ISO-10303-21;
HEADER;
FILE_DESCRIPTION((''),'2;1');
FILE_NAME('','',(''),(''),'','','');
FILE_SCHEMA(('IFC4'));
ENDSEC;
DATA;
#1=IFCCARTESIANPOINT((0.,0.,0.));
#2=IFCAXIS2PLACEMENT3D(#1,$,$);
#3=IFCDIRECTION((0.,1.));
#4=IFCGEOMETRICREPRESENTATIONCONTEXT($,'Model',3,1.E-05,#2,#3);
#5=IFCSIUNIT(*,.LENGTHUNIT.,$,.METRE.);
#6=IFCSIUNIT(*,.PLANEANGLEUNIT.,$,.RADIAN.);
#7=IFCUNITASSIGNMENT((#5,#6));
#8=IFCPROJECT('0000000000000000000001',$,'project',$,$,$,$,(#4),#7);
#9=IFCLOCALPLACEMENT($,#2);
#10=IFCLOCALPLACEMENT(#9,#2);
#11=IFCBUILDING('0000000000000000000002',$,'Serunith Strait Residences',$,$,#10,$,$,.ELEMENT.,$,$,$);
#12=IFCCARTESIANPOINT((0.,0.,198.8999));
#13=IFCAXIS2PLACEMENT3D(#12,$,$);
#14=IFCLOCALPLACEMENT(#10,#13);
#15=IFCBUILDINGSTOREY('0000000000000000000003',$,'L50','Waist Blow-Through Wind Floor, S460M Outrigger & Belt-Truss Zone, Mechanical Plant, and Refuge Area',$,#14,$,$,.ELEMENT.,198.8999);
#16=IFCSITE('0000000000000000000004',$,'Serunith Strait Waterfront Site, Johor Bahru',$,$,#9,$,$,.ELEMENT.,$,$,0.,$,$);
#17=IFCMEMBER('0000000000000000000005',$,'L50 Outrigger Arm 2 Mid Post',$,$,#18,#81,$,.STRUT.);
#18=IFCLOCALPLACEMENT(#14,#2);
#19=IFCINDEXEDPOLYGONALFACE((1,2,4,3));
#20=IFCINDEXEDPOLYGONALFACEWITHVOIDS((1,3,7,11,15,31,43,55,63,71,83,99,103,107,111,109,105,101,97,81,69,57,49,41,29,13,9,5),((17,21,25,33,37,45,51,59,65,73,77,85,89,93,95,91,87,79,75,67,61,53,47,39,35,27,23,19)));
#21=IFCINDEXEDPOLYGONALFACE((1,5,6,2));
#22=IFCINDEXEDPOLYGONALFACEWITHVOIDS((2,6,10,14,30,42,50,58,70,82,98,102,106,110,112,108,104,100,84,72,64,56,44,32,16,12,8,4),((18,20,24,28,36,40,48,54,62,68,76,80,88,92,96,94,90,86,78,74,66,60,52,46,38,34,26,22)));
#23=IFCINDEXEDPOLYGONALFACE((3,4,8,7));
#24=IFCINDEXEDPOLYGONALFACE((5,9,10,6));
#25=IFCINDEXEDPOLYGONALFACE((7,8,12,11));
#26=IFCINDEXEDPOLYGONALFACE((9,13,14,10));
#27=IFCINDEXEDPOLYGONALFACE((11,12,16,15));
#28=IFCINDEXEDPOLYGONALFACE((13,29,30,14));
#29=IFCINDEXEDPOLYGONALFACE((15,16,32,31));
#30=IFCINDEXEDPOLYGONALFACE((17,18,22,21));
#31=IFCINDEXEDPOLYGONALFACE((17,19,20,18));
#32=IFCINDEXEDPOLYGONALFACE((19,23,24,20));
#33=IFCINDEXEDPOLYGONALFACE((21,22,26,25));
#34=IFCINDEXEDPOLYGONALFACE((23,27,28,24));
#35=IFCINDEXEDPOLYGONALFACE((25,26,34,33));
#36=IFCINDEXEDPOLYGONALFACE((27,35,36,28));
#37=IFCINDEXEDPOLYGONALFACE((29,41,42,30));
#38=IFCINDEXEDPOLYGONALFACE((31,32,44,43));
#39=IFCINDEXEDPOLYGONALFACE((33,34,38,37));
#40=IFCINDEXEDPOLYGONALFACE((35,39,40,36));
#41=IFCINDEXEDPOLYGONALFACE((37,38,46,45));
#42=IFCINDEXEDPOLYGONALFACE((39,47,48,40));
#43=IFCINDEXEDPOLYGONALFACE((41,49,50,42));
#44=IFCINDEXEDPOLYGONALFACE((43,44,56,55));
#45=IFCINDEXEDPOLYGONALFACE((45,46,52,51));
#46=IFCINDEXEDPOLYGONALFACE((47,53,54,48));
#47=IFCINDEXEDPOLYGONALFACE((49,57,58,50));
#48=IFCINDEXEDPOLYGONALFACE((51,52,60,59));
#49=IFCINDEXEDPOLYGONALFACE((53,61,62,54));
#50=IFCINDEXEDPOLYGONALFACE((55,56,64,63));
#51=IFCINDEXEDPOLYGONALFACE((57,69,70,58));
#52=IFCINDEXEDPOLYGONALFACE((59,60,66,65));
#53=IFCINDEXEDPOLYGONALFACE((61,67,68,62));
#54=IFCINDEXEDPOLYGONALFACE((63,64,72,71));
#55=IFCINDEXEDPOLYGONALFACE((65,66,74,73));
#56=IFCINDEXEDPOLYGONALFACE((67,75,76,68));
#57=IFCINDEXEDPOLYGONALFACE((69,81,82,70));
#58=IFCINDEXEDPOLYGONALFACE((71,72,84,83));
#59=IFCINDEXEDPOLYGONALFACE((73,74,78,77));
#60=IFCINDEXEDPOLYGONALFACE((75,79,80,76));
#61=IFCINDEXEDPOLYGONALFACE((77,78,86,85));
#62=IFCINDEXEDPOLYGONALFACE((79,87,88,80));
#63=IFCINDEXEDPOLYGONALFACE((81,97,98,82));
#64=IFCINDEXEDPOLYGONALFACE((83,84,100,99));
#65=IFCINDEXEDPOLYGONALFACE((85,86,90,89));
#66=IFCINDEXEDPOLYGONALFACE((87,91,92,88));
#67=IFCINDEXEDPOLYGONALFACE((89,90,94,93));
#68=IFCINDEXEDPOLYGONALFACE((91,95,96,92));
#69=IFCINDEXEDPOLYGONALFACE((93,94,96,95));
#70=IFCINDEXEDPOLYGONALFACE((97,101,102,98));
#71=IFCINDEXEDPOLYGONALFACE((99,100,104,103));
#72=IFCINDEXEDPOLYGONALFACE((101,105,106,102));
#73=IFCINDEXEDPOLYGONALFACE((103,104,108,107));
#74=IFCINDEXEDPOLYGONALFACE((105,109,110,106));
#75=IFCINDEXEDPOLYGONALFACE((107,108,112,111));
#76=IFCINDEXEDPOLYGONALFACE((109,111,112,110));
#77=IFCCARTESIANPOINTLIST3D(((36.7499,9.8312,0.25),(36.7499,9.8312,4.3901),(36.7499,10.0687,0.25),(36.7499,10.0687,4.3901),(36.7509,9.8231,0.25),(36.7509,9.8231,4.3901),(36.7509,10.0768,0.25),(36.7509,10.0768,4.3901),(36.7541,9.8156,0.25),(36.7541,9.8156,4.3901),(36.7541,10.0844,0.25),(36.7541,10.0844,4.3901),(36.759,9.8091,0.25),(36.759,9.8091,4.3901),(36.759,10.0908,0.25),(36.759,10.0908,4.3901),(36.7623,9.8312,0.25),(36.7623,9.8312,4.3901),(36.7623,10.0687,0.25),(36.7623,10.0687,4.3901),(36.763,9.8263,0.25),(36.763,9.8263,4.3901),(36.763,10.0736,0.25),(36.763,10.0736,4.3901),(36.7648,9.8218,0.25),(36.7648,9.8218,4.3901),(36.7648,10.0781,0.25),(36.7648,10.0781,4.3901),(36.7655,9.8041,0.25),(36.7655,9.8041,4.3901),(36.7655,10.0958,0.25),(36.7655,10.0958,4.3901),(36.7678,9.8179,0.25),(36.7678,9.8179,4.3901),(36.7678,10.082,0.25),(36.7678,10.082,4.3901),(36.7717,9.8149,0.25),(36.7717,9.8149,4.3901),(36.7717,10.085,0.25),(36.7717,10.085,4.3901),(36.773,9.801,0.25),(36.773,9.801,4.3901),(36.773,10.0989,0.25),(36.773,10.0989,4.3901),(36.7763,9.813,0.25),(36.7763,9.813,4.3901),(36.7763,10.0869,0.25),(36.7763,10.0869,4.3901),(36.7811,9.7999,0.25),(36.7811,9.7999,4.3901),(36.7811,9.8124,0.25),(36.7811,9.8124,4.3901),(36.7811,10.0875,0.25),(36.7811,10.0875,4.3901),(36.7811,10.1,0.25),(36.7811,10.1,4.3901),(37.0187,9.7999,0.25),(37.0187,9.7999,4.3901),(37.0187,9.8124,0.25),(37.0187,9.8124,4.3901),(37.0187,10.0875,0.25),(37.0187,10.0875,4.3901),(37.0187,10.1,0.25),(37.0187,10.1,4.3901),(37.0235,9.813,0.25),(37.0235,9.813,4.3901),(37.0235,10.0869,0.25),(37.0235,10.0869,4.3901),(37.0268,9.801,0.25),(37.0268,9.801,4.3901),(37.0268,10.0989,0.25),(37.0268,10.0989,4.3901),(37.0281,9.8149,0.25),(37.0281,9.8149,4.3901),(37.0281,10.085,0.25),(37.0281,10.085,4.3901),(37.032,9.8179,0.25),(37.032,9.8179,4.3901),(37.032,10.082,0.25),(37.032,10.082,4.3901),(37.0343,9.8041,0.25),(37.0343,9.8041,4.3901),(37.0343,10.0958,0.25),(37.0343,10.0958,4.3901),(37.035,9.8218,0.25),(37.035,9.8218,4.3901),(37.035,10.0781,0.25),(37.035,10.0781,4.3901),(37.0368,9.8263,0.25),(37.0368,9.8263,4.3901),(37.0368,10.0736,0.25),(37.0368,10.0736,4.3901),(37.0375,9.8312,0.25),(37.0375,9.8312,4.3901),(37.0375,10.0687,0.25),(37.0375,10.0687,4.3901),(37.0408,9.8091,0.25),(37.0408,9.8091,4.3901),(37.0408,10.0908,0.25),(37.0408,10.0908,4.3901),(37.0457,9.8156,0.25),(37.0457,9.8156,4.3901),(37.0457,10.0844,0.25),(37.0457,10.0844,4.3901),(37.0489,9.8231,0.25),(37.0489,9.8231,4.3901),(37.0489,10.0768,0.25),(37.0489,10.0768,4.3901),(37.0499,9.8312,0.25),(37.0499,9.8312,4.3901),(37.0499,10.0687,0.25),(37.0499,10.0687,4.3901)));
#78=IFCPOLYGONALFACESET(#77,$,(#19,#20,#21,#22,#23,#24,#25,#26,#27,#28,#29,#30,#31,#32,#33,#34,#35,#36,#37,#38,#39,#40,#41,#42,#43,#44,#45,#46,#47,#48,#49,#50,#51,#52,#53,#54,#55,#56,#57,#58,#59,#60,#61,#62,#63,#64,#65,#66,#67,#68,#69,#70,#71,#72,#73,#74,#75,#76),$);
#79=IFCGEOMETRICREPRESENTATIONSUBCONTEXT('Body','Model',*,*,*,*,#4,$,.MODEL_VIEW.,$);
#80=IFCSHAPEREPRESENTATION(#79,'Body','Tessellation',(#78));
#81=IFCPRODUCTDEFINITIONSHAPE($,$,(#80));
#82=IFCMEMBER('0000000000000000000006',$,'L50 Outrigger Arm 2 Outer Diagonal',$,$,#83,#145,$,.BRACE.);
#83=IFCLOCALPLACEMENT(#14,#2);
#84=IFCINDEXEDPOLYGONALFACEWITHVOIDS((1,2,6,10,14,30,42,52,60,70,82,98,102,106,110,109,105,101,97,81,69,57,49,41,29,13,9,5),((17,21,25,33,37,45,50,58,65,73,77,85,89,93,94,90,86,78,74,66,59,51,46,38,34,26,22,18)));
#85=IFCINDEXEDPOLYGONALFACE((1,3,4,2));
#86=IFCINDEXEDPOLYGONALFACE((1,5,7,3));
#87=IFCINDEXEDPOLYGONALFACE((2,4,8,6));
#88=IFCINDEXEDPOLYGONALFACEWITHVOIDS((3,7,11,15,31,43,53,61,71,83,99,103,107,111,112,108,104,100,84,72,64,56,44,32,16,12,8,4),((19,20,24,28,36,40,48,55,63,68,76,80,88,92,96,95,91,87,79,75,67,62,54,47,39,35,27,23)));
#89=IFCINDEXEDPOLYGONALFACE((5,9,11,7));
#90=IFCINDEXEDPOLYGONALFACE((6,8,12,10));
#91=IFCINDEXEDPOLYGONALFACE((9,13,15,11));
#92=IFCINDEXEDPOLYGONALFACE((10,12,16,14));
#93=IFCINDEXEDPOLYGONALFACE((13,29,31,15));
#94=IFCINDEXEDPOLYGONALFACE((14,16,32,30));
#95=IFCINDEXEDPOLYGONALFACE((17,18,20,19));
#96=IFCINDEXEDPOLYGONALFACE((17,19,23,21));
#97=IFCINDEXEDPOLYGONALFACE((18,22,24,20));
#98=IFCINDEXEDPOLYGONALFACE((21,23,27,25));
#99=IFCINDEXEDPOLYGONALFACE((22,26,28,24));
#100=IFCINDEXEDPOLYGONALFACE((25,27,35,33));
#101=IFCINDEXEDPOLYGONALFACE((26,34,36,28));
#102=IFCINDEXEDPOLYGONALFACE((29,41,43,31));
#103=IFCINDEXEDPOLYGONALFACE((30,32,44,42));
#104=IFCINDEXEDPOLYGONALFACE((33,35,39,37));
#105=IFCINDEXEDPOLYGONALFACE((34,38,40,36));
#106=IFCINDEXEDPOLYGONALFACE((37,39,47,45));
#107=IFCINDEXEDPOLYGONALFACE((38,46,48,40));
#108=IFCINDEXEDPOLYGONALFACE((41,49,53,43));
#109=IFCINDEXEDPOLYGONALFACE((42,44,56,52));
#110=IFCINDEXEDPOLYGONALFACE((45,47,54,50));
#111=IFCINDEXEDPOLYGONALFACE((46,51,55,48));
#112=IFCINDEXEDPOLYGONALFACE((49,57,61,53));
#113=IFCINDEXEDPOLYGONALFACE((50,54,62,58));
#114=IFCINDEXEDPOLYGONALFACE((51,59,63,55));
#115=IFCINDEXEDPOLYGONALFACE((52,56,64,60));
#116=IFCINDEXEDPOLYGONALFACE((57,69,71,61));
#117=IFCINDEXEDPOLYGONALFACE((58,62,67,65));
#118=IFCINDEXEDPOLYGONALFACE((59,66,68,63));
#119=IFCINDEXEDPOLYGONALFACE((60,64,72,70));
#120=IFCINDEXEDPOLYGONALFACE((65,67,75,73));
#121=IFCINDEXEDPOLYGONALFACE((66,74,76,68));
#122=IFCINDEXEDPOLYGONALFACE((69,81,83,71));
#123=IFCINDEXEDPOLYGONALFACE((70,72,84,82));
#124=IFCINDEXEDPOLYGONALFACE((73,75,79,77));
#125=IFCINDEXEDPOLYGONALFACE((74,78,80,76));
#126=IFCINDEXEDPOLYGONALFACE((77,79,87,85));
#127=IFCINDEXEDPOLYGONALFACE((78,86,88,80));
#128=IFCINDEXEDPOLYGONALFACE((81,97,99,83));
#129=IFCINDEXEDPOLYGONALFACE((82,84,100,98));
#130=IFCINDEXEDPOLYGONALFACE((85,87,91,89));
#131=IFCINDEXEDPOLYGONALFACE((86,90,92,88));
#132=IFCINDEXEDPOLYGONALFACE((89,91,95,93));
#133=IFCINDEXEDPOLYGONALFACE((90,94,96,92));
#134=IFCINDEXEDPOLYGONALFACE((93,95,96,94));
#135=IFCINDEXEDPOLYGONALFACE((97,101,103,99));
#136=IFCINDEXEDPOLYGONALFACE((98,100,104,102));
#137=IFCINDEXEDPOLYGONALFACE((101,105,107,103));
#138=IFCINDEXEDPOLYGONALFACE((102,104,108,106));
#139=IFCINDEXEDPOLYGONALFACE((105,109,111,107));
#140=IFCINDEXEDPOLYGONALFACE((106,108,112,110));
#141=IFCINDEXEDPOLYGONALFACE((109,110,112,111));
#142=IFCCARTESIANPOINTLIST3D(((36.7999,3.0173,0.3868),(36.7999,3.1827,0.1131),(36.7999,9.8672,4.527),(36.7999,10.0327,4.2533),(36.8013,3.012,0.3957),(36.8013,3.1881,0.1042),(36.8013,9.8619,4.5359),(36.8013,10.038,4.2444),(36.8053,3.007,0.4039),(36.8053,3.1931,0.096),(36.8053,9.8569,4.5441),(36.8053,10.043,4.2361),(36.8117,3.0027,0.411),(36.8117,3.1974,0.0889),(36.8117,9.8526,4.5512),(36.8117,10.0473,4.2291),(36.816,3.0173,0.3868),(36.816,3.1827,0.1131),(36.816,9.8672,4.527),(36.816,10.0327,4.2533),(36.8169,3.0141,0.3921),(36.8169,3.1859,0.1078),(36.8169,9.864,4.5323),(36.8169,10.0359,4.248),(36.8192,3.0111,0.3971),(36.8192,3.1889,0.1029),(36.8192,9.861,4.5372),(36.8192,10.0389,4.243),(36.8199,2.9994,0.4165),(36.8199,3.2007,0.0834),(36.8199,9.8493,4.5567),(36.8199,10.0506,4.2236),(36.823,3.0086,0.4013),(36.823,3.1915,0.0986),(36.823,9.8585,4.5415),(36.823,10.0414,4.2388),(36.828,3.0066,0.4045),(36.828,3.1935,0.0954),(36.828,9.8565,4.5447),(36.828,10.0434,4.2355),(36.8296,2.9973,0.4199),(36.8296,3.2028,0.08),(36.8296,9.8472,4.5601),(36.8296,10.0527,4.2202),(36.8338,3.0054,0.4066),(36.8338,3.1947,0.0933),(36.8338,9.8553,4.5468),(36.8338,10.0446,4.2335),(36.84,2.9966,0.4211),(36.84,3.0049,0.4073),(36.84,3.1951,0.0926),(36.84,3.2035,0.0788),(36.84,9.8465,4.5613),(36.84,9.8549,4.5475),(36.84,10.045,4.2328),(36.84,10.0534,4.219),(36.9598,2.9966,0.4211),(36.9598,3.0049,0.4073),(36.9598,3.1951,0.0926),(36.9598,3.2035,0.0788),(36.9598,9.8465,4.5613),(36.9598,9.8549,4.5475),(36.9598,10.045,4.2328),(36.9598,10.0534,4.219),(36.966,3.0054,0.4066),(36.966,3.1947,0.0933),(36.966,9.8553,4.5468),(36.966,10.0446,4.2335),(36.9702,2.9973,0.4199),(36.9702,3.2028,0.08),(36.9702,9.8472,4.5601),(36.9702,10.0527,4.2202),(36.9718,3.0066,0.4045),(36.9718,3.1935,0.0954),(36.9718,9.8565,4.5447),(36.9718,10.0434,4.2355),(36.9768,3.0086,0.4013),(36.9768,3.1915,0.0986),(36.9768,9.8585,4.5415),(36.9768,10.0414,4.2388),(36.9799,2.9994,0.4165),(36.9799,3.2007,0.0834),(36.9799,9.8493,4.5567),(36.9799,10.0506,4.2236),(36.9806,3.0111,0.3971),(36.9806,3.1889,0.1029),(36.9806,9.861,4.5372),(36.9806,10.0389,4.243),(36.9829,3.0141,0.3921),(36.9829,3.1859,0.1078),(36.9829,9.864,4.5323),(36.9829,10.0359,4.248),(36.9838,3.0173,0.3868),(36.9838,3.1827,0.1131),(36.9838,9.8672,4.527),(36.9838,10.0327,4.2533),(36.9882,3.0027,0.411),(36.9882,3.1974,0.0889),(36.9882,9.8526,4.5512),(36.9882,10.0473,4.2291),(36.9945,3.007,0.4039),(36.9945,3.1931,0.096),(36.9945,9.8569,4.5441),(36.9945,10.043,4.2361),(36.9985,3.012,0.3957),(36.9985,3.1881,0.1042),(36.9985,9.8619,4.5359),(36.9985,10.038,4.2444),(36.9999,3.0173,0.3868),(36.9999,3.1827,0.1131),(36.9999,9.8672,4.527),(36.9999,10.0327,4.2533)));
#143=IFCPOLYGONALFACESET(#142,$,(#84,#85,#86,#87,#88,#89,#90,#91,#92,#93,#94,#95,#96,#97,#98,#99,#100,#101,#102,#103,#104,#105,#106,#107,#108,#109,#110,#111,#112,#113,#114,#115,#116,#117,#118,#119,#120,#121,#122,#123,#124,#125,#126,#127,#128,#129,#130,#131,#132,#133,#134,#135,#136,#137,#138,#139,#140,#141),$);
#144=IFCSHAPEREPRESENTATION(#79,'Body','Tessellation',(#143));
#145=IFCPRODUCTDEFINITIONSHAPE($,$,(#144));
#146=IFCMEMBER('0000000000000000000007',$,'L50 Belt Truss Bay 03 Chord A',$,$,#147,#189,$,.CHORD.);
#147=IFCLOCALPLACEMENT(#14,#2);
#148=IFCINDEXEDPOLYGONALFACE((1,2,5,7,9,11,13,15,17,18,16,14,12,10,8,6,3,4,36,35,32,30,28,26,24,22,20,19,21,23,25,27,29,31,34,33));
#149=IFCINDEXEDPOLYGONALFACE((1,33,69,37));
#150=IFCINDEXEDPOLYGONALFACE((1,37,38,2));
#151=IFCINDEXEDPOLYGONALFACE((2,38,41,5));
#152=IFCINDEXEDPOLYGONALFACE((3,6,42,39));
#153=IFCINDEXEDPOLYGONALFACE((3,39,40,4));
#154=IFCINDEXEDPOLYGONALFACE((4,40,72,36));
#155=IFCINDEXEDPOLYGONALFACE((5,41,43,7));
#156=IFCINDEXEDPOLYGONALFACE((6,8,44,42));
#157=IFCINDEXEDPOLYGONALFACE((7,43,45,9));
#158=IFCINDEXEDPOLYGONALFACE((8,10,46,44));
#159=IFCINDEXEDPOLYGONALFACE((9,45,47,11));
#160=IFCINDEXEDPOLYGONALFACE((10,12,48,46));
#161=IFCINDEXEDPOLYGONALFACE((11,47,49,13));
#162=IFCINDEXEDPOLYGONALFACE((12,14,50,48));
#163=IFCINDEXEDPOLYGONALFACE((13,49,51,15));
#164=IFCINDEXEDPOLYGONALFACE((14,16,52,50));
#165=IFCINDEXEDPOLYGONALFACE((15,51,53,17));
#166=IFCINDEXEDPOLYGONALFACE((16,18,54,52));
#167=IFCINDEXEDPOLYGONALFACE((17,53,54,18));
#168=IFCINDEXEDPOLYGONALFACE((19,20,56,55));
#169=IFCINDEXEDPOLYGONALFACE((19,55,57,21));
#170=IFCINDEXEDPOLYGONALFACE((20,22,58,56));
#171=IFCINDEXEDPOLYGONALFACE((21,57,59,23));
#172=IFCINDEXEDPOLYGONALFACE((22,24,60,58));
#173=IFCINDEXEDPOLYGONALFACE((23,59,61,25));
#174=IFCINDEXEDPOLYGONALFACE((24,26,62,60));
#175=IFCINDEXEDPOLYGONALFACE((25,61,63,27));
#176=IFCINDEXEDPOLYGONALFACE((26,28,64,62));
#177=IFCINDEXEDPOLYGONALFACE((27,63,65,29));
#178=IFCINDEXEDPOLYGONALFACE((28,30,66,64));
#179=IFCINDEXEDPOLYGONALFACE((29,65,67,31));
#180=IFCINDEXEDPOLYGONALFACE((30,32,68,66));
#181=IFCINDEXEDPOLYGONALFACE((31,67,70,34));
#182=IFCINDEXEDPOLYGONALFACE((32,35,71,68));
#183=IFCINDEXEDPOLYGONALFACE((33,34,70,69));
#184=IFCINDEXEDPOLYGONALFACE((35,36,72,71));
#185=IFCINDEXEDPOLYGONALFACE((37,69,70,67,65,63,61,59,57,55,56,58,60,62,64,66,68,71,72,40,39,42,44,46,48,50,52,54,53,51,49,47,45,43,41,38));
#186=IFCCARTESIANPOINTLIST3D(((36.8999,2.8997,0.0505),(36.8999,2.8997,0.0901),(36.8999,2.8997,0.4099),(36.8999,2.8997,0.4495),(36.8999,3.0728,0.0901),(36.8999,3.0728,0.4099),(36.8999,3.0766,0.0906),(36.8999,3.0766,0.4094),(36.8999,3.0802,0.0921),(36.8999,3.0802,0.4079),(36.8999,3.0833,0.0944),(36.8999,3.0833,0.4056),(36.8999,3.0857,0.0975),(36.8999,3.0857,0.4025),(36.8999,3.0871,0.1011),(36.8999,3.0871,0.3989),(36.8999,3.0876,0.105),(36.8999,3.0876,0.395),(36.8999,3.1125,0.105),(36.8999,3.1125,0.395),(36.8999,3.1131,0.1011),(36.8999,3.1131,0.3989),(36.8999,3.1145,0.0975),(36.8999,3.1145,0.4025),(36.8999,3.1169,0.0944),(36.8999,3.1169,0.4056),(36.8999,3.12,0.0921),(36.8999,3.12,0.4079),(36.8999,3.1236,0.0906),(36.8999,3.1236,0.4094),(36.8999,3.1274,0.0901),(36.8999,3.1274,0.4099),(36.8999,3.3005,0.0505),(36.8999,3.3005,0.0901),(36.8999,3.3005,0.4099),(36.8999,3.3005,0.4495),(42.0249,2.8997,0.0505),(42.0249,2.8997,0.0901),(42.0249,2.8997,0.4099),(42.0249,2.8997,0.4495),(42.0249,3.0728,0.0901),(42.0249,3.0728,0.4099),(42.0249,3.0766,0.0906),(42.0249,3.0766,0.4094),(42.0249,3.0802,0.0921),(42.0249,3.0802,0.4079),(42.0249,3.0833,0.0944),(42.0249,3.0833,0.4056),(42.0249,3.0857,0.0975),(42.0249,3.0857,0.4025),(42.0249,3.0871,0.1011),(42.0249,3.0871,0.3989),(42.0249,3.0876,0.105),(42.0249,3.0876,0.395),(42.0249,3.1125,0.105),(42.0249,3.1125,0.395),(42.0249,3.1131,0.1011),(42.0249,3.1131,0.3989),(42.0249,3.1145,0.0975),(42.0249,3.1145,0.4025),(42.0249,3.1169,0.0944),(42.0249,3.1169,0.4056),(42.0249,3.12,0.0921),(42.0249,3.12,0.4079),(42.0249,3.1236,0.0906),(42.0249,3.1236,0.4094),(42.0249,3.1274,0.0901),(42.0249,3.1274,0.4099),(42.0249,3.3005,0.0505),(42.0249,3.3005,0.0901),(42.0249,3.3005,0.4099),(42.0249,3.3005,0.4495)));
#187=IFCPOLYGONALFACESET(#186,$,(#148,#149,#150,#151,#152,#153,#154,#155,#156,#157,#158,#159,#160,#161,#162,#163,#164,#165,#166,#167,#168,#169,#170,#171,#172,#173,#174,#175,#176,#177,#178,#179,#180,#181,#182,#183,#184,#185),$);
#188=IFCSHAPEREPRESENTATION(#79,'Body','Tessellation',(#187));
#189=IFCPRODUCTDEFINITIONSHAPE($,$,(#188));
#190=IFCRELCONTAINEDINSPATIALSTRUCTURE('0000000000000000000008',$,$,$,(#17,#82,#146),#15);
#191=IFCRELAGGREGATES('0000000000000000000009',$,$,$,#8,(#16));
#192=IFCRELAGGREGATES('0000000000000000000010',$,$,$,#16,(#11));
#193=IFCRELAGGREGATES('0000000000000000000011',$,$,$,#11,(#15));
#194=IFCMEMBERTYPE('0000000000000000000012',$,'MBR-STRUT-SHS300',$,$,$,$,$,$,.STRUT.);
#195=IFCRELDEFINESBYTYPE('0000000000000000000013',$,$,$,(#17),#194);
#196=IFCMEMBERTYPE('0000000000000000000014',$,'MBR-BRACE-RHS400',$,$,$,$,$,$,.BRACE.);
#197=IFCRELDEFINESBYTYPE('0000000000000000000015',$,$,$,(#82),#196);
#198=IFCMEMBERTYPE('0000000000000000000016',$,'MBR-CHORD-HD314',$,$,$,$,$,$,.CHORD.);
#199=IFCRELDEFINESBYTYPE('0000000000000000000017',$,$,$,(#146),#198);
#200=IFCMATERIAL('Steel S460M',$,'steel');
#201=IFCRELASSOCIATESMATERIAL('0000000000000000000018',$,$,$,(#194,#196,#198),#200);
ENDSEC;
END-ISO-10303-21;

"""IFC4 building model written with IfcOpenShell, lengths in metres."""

from ifc_helpers import new_model, si_unit, direction, frame, origin, origin_2d, place, context, subcontext, project, spatial, hollow_rectangle, i_section, extrude, source, transform, mapped, material, material_profile, profile_set, type_object, element, save


model = new_model("IFC4")

# Units and contexts
model_context = context("Model", 3, precision=1e-05, world=origin(), true_north=direction((0.0, 1.0)))
body_context = subcontext(model_context, "Body", "Model", "MODEL_VIEW")
ifc_project = project(units=[si_unit("LENGTHUNIT", "METRE"), si_unit("PLANEANGLEUNIT", "RADIAN")], contexts=[model_context])

# Site, building, storey
site_placement = place(None, origin())
site = spatial("IfcSite", under=ifc_project, at=site_placement, Name="Serunith Strait Waterfront Site, Johor Bahru", CompositionType="ELEMENT", RefElevation=0.0)
building_placement = place(site_placement, origin())
building = spatial("IfcBuilding", under=site, at=building_placement, Name="Serunith Strait Residences", CompositionType="ELEMENT")
storey_placement = place(building_placement, frame((0.0, 0.0, 198.8999)))
storey = spatial("IfcBuildingStorey", under=building, at=storey_placement, Name="L50", Description="Waist Blow-Through Wind Floor, S460M Outrigger & Belt-Truss Zone, Mechanical Plant, and Refuge Area", CompositionType="ELEMENT", Elevation=198.8999)

# Members
ifc_material_1 = material(Name="Steel S460M", Category="steel")
ifc_material_profile_1 = material_profile(ifc_material_1, hollow_rectangle(XDim=0.3, YDim=0.3, WallThickness=0.0125, InnerFilletRadius=0.0188, OuterFilletRadius=0.0312, at=origin_2d()), Name="SHS 300x300x12.5")
ifc_profile_set_1 = profile_set([ifc_material_profile_1], Name="Steel S460M")
member_type_1 = type_object("IfcMemberType", Name="MBR-STRUT-SHS300", PredefinedType="STRUT", material=ifc_profile_set_1)
shared_shape_1 = source(origin(), body_context, "Body", "SweptSolid", [
    extrude(hollow_rectangle(XDim=0.3, YDim=0.3, WallThickness=0.0125, InnerFilletRadius=0.0188, OuterFilletRadius=0.0312, at=origin_2d()), origin(), (0.0, 0.0, 1.0), 4.1401),
])
member_1_placement = place(storey_placement, frame((36.8999, 9.95, 0.25), z_axis=(0.0, 0.0, 1.0), x_axis=(1.0, 0.0, 0.0)))
element("IfcMember", 1, at=member_1_placement, inside=storey, type_object=member_type_1, Name="L50 Outrigger Arm 2 Mid Post", PredefinedType="STRUT", context=body_context, shape_type="MappedRepresentation", body=[
    mapped(shared_shape_1, transform((0.0, 0.0, 0.0), scale=1.0)),
])
ifc_material_profile_2 = material_profile(ifc_material_1, hollow_rectangle(XDim=0.2, YDim=0.3999, WallThickness=0.0161, InnerFilletRadius=0.0239, OuterFilletRadius=0.04, at=origin_2d()), Name="RHS 400x200x16")
ifc_profile_set_2 = profile_set([ifc_material_profile_2], Name="Steel S460M")
member_type_2 = type_object("IfcMemberType", Name="MBR-BRACE-RHS400", PredefinedType="BRACE", material=ifc_profile_set_2)
shared_shape_2 = source(origin(), body_context, "Body", "SweptSolid", [
    extrude(hollow_rectangle(XDim=0.2, YDim=0.3999, WallThickness=0.0161, InnerFilletRadius=0.0239, OuterFilletRadius=0.04, at=origin_2d()), origin(), (0.0, 0.0, 1.0), 8.0039),
])
member_2_placement = place(storey_placement, frame((36.8999, 9.95, 4.3901), z_axis=(0.0, -0.855822, -0.51727), x_axis=(1.0, 0.0, 0.0)))
element("IfcMember", 2, at=member_2_placement, inside=storey, type_object=member_type_2, Name="L50 Outrigger Arm 2 Outer Diagonal", PredefinedType="BRACE", context=body_context, shape_type="MappedRepresentation", body=[
    mapped(shared_shape_2, transform((0.0, 0.0, 0.0), scale=1.0)),
])
ifc_material_profile_3 = material_profile(ifc_material_1, i_section(OverallWidth=0.4009, OverallDepth=0.3989, WebThickness=0.0249, FlangeThickness=0.0396, FilletRadius=0.0149, at=origin_2d()), Name="HD 400x314")
ifc_profile_set_3 = profile_set([ifc_material_profile_3], Name="Steel S460M")
member_type_3 = type_object("IfcMemberType", Name="MBR-CHORD-HD314", PredefinedType="CHORD", material=ifc_profile_set_3)
shared_shape_3 = source(origin(), body_context, "Body", "SweptSolid", [
    extrude(i_section(OverallWidth=0.4009, OverallDepth=0.3989, WebThickness=0.0249, FlangeThickness=0.0396, FilletRadius=0.0149, at=origin_2d()), origin(), (0.0, 0.0, 1.0), 5.125),
])
member_3_placement = place(storey_placement, frame((36.8999, 3.1001, 0.25), z_axis=(1.0, 0.0, 0.0), x_axis=(0.0, 1.0, 0.0)))
element("IfcMember", 3, at=member_3_placement, inside=storey, type_object=member_type_3, Name="L50 Belt Truss Bay 03 Chord A", PredefinedType="CHORD", context=body_context, shape_type="MappedRepresentation", body=[
    mapped(shared_shape_3, transform((0.0, 0.0, 0.0), scale=1.0)),
])

save(model, "model.ifc")
